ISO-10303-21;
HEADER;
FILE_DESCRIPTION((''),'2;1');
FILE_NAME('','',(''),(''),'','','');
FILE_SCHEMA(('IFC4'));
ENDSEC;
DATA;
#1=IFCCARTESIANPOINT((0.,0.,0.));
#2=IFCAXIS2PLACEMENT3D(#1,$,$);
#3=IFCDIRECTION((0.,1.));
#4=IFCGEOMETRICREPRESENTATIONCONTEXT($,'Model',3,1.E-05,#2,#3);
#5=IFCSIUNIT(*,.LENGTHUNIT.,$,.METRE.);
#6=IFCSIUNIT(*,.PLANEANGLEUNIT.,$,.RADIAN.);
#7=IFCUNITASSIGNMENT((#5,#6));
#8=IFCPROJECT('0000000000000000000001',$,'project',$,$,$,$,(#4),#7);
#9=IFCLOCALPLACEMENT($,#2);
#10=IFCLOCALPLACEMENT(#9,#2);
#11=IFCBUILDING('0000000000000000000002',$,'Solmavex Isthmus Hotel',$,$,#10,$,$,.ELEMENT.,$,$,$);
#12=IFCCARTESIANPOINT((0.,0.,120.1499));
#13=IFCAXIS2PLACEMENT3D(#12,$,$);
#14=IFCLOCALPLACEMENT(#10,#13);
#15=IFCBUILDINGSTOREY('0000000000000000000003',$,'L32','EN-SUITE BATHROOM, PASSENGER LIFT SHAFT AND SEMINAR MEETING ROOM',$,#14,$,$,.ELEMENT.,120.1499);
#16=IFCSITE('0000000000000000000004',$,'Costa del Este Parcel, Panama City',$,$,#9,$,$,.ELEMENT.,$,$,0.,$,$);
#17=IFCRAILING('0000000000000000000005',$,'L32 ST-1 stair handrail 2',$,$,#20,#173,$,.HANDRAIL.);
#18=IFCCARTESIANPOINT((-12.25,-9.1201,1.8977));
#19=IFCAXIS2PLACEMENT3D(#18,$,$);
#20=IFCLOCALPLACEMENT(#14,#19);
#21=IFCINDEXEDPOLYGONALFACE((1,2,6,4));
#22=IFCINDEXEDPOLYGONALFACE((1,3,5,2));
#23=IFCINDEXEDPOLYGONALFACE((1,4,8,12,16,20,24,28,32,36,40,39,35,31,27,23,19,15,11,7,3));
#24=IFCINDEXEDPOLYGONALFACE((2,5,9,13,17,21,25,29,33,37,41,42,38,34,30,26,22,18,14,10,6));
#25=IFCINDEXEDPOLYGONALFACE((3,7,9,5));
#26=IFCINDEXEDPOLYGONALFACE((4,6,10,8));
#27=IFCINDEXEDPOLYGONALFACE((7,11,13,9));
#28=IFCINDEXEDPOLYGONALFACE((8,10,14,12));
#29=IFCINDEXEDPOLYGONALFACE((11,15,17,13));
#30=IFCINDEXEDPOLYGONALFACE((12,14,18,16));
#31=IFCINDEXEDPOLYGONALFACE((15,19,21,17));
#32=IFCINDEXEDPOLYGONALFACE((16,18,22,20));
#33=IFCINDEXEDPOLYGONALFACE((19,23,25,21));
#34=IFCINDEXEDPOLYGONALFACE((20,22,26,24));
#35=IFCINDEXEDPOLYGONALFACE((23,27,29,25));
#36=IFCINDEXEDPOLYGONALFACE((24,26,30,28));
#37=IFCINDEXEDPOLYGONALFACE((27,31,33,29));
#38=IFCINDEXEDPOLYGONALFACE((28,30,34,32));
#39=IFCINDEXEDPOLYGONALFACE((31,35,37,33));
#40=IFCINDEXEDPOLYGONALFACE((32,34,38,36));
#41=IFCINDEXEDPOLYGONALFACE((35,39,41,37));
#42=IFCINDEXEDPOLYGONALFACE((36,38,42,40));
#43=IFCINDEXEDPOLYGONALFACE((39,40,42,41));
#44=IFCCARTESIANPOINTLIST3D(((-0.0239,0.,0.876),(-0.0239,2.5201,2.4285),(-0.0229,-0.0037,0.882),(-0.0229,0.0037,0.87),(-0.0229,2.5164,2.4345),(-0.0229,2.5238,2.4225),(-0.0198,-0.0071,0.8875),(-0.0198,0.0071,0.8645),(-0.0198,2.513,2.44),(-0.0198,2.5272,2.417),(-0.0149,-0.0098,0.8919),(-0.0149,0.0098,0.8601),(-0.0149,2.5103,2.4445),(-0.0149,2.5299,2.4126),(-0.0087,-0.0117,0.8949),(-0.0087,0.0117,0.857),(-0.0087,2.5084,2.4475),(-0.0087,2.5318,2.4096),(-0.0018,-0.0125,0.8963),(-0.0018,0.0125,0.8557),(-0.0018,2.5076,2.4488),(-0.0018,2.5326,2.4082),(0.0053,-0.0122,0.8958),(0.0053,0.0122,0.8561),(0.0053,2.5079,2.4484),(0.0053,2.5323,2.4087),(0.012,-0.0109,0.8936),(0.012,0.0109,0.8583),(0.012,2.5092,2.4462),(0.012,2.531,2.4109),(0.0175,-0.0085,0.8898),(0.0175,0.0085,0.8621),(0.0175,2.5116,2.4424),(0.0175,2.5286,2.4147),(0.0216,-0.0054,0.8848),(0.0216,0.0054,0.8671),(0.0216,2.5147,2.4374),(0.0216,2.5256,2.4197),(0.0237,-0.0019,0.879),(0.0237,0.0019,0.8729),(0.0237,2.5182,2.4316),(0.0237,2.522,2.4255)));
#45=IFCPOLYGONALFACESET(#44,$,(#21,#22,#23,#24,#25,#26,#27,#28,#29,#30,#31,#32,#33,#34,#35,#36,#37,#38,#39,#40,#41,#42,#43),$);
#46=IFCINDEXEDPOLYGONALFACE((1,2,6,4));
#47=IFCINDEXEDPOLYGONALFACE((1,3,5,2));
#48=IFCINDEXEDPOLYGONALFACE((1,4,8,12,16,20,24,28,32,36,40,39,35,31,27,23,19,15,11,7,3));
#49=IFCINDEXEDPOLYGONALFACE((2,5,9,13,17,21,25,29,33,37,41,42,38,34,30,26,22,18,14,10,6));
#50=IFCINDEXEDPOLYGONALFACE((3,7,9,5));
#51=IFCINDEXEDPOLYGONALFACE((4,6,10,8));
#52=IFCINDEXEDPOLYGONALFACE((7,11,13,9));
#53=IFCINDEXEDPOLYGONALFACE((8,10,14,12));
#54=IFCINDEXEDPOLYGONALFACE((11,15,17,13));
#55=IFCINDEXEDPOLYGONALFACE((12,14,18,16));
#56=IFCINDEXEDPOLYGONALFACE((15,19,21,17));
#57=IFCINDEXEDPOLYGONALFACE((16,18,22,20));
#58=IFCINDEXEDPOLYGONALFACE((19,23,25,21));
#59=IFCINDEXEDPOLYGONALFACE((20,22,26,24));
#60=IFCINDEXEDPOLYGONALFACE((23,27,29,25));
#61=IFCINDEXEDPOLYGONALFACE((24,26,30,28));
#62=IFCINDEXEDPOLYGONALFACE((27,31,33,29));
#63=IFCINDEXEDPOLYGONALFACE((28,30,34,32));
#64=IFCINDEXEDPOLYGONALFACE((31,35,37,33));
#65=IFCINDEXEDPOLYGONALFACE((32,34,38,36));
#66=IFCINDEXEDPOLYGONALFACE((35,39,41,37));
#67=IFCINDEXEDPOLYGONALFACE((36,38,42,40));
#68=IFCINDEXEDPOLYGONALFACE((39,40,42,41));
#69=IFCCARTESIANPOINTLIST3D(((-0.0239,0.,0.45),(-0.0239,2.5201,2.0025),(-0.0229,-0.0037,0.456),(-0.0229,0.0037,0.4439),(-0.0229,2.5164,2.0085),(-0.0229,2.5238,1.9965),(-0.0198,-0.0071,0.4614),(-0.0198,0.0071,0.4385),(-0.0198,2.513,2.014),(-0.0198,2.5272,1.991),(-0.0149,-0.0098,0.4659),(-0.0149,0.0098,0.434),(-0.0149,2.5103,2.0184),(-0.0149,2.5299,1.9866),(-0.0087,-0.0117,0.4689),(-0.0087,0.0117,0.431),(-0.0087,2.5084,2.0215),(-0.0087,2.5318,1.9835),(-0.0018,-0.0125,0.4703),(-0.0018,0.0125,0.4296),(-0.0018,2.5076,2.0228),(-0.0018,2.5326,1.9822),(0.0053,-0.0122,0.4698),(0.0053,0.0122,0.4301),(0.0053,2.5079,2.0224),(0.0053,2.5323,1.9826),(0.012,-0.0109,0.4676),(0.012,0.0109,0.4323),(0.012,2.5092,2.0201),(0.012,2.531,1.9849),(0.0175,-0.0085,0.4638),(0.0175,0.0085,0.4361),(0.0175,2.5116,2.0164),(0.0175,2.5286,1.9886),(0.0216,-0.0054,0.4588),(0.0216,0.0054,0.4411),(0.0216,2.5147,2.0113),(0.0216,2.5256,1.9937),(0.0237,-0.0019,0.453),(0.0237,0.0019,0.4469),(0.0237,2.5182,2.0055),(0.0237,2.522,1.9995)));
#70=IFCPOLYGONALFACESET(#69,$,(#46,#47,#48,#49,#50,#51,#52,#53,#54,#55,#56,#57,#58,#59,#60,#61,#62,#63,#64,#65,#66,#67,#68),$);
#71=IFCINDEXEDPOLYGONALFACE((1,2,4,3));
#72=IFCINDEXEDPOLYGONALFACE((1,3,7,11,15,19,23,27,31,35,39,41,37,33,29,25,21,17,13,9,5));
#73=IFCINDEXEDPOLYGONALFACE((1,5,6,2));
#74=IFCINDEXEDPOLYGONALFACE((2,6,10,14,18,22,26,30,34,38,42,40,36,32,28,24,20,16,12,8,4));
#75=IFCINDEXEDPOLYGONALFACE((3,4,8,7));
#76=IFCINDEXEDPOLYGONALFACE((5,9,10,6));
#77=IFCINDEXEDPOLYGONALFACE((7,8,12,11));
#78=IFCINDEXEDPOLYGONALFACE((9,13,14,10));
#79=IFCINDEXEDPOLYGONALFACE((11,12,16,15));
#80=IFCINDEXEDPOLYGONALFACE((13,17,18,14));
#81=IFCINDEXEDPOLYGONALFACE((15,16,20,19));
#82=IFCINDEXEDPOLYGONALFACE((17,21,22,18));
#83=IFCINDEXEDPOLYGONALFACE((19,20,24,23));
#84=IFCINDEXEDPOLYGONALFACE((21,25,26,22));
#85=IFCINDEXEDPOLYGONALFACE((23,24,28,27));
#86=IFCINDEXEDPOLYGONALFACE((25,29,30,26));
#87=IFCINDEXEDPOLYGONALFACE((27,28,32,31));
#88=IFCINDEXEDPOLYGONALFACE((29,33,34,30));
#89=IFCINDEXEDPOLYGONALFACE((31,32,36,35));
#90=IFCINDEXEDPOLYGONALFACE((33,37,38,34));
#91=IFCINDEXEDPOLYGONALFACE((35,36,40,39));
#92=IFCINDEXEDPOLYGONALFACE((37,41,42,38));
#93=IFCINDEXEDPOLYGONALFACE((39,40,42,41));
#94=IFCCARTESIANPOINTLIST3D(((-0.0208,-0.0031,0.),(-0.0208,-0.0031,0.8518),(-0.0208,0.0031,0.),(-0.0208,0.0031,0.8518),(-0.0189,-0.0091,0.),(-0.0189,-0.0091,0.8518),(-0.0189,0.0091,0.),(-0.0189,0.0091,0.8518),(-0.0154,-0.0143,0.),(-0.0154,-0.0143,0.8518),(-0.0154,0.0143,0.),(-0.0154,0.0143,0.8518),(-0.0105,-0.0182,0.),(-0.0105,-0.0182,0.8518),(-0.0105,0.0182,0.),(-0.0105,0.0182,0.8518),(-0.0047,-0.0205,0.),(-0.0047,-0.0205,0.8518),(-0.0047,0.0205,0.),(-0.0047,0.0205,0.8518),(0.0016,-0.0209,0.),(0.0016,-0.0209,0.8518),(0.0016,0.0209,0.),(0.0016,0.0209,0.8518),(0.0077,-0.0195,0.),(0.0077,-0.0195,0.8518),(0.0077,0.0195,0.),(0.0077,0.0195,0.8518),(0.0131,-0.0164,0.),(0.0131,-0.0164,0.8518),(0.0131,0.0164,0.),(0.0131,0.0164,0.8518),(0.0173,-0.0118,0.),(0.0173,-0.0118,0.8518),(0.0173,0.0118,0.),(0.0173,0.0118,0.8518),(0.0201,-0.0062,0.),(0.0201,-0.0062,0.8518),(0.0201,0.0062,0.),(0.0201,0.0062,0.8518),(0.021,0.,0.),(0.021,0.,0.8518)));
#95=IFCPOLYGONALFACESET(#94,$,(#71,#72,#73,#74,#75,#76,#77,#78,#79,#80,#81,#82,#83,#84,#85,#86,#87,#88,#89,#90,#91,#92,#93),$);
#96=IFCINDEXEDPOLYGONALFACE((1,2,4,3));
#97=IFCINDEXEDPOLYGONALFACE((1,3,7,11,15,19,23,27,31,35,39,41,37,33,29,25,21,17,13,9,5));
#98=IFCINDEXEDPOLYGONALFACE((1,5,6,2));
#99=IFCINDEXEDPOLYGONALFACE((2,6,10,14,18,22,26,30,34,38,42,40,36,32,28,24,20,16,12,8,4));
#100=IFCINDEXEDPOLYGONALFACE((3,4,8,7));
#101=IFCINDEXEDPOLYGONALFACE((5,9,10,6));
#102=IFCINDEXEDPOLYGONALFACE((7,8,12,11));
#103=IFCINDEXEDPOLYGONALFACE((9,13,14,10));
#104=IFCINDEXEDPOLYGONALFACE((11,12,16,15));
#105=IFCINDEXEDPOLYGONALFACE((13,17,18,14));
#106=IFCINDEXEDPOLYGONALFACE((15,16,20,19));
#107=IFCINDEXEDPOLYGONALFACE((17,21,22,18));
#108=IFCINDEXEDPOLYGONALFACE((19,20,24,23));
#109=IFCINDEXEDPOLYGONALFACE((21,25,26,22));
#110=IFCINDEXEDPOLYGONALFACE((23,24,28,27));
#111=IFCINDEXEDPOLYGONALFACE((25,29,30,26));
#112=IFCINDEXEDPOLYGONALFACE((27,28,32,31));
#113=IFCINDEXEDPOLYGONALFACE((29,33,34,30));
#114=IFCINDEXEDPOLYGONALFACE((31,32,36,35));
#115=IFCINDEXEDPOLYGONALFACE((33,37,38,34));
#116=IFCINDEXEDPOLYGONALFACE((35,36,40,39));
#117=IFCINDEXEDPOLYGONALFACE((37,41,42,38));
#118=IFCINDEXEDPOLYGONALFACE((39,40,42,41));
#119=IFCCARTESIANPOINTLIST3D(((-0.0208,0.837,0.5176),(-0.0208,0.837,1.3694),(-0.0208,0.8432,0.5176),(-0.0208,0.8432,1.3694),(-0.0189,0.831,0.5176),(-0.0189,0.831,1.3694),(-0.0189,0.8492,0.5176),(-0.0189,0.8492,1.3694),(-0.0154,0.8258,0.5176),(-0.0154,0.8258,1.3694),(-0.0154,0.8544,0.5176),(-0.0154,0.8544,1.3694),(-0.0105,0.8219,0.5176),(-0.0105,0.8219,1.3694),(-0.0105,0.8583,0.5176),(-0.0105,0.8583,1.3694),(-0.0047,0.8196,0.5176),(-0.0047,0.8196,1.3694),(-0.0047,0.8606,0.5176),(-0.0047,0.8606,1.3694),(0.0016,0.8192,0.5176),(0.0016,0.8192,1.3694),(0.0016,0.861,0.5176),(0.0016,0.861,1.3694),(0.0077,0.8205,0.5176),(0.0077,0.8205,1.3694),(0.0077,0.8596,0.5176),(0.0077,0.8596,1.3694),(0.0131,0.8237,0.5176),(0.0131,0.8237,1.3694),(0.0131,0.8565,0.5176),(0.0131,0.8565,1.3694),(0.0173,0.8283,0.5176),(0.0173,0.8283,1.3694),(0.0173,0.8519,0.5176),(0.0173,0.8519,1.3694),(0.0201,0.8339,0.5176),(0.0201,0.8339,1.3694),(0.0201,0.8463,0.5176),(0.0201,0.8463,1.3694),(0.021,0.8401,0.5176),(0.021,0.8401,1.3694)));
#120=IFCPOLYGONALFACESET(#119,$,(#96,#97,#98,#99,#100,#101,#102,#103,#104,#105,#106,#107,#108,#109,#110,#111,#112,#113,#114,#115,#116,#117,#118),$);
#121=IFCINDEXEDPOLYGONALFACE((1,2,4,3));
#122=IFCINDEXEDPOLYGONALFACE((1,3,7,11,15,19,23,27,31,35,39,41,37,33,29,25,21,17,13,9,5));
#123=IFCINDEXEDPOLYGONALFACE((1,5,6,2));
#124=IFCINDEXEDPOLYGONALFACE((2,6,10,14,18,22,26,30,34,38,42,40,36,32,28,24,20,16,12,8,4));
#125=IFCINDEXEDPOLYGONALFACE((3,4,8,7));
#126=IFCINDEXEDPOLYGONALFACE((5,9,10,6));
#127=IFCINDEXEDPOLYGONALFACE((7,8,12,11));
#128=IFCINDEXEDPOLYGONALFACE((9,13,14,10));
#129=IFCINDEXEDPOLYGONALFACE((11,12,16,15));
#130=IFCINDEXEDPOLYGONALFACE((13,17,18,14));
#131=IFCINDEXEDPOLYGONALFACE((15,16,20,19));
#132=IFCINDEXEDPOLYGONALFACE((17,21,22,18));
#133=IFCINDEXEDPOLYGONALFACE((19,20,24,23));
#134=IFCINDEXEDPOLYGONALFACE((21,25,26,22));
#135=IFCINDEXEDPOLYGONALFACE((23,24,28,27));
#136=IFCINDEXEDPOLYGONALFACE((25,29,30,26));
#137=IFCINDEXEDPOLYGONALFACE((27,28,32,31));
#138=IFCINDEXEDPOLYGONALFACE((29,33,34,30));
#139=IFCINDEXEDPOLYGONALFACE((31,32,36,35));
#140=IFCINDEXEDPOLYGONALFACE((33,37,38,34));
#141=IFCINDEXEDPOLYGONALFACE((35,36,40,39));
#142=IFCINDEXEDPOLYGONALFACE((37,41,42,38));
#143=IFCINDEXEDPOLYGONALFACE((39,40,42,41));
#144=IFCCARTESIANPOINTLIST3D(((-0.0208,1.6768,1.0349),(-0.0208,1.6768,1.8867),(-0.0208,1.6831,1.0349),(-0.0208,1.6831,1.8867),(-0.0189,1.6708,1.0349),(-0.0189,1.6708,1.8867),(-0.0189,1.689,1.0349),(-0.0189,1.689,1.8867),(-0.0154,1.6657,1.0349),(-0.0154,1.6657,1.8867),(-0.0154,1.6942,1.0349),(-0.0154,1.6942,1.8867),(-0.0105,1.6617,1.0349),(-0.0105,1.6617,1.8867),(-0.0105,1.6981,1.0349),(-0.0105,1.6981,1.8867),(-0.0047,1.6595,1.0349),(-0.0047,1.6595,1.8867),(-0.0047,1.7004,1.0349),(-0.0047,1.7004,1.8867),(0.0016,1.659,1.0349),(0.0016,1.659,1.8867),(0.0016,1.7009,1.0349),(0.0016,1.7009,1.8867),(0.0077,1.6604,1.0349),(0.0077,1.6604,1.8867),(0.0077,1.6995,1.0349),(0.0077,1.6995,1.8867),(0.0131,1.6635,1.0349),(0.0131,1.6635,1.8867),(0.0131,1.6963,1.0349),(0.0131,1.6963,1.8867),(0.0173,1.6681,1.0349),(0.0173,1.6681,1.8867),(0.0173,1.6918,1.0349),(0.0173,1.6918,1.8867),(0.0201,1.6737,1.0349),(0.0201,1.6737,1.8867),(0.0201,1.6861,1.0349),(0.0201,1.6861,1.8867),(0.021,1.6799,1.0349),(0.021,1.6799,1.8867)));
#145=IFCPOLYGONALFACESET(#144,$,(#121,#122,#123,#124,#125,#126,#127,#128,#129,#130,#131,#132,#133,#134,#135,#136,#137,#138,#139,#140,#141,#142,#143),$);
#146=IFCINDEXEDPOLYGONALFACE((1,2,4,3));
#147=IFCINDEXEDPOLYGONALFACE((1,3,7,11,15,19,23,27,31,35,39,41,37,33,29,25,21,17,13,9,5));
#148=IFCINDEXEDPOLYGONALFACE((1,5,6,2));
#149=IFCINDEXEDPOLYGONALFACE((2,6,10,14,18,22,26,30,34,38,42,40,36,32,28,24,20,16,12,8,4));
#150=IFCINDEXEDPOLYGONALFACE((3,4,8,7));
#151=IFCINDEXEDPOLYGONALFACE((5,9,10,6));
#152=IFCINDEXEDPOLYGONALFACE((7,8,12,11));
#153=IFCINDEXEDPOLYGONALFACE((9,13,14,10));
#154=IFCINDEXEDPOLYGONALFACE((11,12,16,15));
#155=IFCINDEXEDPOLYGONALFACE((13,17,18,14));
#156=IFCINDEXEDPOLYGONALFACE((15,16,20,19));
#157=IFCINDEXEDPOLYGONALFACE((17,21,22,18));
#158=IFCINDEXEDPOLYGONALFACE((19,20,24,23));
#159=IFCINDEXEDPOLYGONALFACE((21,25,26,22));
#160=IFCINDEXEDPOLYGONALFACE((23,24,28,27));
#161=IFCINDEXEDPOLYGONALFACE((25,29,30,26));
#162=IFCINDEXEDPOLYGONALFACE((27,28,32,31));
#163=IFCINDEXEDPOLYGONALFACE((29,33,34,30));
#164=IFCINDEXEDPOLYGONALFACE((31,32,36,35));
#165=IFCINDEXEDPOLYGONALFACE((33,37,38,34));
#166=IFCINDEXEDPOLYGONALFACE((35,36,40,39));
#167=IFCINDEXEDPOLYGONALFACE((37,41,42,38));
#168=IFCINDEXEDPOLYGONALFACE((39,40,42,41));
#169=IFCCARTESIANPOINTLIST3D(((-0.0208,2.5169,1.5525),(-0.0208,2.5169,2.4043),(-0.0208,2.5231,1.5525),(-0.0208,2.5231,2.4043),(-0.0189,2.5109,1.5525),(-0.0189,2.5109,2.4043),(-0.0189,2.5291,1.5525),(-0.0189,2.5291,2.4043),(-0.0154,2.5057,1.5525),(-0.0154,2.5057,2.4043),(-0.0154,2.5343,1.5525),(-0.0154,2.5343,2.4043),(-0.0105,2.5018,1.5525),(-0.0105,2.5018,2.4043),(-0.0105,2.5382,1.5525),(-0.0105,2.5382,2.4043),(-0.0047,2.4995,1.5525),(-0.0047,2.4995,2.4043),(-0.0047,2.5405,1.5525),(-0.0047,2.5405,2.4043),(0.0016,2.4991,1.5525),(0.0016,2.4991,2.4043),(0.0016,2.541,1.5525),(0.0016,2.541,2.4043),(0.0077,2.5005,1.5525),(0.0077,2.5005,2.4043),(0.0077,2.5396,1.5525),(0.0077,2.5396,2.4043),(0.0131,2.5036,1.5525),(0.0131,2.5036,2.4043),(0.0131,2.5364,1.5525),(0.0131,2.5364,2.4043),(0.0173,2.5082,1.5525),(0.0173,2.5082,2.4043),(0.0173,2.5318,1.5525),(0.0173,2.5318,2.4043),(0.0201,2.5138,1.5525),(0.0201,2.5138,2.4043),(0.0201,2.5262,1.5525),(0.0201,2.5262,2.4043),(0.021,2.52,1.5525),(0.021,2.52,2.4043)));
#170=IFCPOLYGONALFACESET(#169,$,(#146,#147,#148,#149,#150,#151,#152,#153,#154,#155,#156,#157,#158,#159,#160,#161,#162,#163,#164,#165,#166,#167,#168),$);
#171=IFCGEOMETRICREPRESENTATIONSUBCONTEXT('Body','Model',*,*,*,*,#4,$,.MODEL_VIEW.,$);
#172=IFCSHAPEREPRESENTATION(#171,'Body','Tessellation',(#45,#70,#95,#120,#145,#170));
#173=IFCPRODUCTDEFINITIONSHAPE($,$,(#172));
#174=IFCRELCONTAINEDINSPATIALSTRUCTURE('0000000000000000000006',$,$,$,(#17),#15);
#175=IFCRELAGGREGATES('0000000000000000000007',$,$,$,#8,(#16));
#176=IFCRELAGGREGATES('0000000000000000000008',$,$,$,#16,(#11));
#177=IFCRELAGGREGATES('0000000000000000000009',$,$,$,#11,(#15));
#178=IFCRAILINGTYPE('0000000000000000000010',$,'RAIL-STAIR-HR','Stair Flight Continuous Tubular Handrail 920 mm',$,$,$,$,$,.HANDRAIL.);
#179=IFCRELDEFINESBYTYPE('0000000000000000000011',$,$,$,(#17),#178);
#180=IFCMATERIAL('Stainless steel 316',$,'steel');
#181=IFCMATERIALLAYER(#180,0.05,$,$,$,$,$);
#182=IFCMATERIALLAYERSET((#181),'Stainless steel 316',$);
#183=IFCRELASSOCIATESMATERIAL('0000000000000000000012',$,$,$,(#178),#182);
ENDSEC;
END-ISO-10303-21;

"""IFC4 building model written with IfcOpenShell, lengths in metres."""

from ifc_helpers import new_model, si_unit, direction, frame, origin, origin_2d, place, context, subcontext, project, spatial, circle, extrude, material, layer, layer_set, type_object, element, save


model = new_model("IFC4")

# Units and contexts
model_context = context("Model", 3, precision=1e-05, world=origin(), true_north=direction((0.0, 1.0)))
body_context = subcontext(model_context, "Body", "Model", "MODEL_VIEW")
ifc_project = project(units=[si_unit("LENGTHUNIT", "METRE"), si_unit("PLANEANGLEUNIT", "RADIAN")], contexts=[model_context])

# Site, building, storey
site_placement = place(None, origin())
site = spatial("IfcSite", under=ifc_project, at=site_placement, Name="Costa del Este Parcel, Panama City", CompositionType="ELEMENT", RefElevation=0.0)
building_placement = place(site_placement, origin())
building = spatial("IfcBuilding", under=site, at=building_placement, Name="Solmavex Isthmus Hotel", CompositionType="ELEMENT")
storey_placement = place(building_placement, frame((0.0, 0.0, 120.1499)))
storey = spatial("IfcBuildingStorey", under=building, at=storey_placement, Name="L32", Description="EN-SUITE BATHROOM, PASSENGER LIFT SHAFT AND SEMINAR MEETING ROOM", CompositionType="ELEMENT", Elevation=120.1499)

# Shared definitions
ifc_material_1 = material(Name="Stainless steel 316", Category="steel")

# Railing
ifc_layer_1 = layer(ifc_material_1, 0.05)
ifc_layer_set_1 = layer_set([ifc_layer_1], Name="Stainless steel 316")
railing_type = type_object("IfcRailingType", Name="RAIL-STAIR-HR", Description="Stair Flight Continuous Tubular Handrail 920 mm", PredefinedType="HANDRAIL", material=ifc_layer_set_1)
railing_placement = place(storey_placement, frame((-12.25, -9.1201, 1.8977)))
element("IfcRailing", 1, at=railing_placement, inside=storey, type_object=railing_type, Name="L32 ST-1 stair handrail 2", PredefinedType="HANDRAIL", context=body_context, shape_type="SweptSolid", body=[
    extrude(circle(Radius=0.0239, at=origin_2d()), frame((0.0, 0.0, 0.876), z_axis=(0.0, 0.8514, 0.524516), x_axis=(-1.0, 0.0, 0.0)), (0.0, 0.0, 1.0), 2.96),
    extrude(circle(Radius=0.0239, at=origin_2d()), frame((0.0, 0.0, 0.45), z_axis=(0.0, 0.8514, 0.524516), x_axis=(-1.0, 0.0, 0.0)), (0.0, 0.0, 1.0), 2.96),
    extrude(circle(Radius=0.021, at=origin_2d()), origin(), (0.0, 0.0, 1.0), 0.8518),
    extrude(circle(Radius=0.021, at=origin_2d()), frame((0.0, 0.8401, 0.5176)), (0.0, 0.0, 1.0), 0.8518),
    extrude(circle(Radius=0.021, at=origin_2d()), frame((0.0, 1.6799, 1.0349)), (0.0, 0.0, 1.0), 0.8518),
    extrude(circle(Radius=0.021, at=origin_2d()), frame((0.0, 2.52, 1.5525)), (0.0, 0.0, 1.0), 0.8518),
])

save(model, "model.ifc")
